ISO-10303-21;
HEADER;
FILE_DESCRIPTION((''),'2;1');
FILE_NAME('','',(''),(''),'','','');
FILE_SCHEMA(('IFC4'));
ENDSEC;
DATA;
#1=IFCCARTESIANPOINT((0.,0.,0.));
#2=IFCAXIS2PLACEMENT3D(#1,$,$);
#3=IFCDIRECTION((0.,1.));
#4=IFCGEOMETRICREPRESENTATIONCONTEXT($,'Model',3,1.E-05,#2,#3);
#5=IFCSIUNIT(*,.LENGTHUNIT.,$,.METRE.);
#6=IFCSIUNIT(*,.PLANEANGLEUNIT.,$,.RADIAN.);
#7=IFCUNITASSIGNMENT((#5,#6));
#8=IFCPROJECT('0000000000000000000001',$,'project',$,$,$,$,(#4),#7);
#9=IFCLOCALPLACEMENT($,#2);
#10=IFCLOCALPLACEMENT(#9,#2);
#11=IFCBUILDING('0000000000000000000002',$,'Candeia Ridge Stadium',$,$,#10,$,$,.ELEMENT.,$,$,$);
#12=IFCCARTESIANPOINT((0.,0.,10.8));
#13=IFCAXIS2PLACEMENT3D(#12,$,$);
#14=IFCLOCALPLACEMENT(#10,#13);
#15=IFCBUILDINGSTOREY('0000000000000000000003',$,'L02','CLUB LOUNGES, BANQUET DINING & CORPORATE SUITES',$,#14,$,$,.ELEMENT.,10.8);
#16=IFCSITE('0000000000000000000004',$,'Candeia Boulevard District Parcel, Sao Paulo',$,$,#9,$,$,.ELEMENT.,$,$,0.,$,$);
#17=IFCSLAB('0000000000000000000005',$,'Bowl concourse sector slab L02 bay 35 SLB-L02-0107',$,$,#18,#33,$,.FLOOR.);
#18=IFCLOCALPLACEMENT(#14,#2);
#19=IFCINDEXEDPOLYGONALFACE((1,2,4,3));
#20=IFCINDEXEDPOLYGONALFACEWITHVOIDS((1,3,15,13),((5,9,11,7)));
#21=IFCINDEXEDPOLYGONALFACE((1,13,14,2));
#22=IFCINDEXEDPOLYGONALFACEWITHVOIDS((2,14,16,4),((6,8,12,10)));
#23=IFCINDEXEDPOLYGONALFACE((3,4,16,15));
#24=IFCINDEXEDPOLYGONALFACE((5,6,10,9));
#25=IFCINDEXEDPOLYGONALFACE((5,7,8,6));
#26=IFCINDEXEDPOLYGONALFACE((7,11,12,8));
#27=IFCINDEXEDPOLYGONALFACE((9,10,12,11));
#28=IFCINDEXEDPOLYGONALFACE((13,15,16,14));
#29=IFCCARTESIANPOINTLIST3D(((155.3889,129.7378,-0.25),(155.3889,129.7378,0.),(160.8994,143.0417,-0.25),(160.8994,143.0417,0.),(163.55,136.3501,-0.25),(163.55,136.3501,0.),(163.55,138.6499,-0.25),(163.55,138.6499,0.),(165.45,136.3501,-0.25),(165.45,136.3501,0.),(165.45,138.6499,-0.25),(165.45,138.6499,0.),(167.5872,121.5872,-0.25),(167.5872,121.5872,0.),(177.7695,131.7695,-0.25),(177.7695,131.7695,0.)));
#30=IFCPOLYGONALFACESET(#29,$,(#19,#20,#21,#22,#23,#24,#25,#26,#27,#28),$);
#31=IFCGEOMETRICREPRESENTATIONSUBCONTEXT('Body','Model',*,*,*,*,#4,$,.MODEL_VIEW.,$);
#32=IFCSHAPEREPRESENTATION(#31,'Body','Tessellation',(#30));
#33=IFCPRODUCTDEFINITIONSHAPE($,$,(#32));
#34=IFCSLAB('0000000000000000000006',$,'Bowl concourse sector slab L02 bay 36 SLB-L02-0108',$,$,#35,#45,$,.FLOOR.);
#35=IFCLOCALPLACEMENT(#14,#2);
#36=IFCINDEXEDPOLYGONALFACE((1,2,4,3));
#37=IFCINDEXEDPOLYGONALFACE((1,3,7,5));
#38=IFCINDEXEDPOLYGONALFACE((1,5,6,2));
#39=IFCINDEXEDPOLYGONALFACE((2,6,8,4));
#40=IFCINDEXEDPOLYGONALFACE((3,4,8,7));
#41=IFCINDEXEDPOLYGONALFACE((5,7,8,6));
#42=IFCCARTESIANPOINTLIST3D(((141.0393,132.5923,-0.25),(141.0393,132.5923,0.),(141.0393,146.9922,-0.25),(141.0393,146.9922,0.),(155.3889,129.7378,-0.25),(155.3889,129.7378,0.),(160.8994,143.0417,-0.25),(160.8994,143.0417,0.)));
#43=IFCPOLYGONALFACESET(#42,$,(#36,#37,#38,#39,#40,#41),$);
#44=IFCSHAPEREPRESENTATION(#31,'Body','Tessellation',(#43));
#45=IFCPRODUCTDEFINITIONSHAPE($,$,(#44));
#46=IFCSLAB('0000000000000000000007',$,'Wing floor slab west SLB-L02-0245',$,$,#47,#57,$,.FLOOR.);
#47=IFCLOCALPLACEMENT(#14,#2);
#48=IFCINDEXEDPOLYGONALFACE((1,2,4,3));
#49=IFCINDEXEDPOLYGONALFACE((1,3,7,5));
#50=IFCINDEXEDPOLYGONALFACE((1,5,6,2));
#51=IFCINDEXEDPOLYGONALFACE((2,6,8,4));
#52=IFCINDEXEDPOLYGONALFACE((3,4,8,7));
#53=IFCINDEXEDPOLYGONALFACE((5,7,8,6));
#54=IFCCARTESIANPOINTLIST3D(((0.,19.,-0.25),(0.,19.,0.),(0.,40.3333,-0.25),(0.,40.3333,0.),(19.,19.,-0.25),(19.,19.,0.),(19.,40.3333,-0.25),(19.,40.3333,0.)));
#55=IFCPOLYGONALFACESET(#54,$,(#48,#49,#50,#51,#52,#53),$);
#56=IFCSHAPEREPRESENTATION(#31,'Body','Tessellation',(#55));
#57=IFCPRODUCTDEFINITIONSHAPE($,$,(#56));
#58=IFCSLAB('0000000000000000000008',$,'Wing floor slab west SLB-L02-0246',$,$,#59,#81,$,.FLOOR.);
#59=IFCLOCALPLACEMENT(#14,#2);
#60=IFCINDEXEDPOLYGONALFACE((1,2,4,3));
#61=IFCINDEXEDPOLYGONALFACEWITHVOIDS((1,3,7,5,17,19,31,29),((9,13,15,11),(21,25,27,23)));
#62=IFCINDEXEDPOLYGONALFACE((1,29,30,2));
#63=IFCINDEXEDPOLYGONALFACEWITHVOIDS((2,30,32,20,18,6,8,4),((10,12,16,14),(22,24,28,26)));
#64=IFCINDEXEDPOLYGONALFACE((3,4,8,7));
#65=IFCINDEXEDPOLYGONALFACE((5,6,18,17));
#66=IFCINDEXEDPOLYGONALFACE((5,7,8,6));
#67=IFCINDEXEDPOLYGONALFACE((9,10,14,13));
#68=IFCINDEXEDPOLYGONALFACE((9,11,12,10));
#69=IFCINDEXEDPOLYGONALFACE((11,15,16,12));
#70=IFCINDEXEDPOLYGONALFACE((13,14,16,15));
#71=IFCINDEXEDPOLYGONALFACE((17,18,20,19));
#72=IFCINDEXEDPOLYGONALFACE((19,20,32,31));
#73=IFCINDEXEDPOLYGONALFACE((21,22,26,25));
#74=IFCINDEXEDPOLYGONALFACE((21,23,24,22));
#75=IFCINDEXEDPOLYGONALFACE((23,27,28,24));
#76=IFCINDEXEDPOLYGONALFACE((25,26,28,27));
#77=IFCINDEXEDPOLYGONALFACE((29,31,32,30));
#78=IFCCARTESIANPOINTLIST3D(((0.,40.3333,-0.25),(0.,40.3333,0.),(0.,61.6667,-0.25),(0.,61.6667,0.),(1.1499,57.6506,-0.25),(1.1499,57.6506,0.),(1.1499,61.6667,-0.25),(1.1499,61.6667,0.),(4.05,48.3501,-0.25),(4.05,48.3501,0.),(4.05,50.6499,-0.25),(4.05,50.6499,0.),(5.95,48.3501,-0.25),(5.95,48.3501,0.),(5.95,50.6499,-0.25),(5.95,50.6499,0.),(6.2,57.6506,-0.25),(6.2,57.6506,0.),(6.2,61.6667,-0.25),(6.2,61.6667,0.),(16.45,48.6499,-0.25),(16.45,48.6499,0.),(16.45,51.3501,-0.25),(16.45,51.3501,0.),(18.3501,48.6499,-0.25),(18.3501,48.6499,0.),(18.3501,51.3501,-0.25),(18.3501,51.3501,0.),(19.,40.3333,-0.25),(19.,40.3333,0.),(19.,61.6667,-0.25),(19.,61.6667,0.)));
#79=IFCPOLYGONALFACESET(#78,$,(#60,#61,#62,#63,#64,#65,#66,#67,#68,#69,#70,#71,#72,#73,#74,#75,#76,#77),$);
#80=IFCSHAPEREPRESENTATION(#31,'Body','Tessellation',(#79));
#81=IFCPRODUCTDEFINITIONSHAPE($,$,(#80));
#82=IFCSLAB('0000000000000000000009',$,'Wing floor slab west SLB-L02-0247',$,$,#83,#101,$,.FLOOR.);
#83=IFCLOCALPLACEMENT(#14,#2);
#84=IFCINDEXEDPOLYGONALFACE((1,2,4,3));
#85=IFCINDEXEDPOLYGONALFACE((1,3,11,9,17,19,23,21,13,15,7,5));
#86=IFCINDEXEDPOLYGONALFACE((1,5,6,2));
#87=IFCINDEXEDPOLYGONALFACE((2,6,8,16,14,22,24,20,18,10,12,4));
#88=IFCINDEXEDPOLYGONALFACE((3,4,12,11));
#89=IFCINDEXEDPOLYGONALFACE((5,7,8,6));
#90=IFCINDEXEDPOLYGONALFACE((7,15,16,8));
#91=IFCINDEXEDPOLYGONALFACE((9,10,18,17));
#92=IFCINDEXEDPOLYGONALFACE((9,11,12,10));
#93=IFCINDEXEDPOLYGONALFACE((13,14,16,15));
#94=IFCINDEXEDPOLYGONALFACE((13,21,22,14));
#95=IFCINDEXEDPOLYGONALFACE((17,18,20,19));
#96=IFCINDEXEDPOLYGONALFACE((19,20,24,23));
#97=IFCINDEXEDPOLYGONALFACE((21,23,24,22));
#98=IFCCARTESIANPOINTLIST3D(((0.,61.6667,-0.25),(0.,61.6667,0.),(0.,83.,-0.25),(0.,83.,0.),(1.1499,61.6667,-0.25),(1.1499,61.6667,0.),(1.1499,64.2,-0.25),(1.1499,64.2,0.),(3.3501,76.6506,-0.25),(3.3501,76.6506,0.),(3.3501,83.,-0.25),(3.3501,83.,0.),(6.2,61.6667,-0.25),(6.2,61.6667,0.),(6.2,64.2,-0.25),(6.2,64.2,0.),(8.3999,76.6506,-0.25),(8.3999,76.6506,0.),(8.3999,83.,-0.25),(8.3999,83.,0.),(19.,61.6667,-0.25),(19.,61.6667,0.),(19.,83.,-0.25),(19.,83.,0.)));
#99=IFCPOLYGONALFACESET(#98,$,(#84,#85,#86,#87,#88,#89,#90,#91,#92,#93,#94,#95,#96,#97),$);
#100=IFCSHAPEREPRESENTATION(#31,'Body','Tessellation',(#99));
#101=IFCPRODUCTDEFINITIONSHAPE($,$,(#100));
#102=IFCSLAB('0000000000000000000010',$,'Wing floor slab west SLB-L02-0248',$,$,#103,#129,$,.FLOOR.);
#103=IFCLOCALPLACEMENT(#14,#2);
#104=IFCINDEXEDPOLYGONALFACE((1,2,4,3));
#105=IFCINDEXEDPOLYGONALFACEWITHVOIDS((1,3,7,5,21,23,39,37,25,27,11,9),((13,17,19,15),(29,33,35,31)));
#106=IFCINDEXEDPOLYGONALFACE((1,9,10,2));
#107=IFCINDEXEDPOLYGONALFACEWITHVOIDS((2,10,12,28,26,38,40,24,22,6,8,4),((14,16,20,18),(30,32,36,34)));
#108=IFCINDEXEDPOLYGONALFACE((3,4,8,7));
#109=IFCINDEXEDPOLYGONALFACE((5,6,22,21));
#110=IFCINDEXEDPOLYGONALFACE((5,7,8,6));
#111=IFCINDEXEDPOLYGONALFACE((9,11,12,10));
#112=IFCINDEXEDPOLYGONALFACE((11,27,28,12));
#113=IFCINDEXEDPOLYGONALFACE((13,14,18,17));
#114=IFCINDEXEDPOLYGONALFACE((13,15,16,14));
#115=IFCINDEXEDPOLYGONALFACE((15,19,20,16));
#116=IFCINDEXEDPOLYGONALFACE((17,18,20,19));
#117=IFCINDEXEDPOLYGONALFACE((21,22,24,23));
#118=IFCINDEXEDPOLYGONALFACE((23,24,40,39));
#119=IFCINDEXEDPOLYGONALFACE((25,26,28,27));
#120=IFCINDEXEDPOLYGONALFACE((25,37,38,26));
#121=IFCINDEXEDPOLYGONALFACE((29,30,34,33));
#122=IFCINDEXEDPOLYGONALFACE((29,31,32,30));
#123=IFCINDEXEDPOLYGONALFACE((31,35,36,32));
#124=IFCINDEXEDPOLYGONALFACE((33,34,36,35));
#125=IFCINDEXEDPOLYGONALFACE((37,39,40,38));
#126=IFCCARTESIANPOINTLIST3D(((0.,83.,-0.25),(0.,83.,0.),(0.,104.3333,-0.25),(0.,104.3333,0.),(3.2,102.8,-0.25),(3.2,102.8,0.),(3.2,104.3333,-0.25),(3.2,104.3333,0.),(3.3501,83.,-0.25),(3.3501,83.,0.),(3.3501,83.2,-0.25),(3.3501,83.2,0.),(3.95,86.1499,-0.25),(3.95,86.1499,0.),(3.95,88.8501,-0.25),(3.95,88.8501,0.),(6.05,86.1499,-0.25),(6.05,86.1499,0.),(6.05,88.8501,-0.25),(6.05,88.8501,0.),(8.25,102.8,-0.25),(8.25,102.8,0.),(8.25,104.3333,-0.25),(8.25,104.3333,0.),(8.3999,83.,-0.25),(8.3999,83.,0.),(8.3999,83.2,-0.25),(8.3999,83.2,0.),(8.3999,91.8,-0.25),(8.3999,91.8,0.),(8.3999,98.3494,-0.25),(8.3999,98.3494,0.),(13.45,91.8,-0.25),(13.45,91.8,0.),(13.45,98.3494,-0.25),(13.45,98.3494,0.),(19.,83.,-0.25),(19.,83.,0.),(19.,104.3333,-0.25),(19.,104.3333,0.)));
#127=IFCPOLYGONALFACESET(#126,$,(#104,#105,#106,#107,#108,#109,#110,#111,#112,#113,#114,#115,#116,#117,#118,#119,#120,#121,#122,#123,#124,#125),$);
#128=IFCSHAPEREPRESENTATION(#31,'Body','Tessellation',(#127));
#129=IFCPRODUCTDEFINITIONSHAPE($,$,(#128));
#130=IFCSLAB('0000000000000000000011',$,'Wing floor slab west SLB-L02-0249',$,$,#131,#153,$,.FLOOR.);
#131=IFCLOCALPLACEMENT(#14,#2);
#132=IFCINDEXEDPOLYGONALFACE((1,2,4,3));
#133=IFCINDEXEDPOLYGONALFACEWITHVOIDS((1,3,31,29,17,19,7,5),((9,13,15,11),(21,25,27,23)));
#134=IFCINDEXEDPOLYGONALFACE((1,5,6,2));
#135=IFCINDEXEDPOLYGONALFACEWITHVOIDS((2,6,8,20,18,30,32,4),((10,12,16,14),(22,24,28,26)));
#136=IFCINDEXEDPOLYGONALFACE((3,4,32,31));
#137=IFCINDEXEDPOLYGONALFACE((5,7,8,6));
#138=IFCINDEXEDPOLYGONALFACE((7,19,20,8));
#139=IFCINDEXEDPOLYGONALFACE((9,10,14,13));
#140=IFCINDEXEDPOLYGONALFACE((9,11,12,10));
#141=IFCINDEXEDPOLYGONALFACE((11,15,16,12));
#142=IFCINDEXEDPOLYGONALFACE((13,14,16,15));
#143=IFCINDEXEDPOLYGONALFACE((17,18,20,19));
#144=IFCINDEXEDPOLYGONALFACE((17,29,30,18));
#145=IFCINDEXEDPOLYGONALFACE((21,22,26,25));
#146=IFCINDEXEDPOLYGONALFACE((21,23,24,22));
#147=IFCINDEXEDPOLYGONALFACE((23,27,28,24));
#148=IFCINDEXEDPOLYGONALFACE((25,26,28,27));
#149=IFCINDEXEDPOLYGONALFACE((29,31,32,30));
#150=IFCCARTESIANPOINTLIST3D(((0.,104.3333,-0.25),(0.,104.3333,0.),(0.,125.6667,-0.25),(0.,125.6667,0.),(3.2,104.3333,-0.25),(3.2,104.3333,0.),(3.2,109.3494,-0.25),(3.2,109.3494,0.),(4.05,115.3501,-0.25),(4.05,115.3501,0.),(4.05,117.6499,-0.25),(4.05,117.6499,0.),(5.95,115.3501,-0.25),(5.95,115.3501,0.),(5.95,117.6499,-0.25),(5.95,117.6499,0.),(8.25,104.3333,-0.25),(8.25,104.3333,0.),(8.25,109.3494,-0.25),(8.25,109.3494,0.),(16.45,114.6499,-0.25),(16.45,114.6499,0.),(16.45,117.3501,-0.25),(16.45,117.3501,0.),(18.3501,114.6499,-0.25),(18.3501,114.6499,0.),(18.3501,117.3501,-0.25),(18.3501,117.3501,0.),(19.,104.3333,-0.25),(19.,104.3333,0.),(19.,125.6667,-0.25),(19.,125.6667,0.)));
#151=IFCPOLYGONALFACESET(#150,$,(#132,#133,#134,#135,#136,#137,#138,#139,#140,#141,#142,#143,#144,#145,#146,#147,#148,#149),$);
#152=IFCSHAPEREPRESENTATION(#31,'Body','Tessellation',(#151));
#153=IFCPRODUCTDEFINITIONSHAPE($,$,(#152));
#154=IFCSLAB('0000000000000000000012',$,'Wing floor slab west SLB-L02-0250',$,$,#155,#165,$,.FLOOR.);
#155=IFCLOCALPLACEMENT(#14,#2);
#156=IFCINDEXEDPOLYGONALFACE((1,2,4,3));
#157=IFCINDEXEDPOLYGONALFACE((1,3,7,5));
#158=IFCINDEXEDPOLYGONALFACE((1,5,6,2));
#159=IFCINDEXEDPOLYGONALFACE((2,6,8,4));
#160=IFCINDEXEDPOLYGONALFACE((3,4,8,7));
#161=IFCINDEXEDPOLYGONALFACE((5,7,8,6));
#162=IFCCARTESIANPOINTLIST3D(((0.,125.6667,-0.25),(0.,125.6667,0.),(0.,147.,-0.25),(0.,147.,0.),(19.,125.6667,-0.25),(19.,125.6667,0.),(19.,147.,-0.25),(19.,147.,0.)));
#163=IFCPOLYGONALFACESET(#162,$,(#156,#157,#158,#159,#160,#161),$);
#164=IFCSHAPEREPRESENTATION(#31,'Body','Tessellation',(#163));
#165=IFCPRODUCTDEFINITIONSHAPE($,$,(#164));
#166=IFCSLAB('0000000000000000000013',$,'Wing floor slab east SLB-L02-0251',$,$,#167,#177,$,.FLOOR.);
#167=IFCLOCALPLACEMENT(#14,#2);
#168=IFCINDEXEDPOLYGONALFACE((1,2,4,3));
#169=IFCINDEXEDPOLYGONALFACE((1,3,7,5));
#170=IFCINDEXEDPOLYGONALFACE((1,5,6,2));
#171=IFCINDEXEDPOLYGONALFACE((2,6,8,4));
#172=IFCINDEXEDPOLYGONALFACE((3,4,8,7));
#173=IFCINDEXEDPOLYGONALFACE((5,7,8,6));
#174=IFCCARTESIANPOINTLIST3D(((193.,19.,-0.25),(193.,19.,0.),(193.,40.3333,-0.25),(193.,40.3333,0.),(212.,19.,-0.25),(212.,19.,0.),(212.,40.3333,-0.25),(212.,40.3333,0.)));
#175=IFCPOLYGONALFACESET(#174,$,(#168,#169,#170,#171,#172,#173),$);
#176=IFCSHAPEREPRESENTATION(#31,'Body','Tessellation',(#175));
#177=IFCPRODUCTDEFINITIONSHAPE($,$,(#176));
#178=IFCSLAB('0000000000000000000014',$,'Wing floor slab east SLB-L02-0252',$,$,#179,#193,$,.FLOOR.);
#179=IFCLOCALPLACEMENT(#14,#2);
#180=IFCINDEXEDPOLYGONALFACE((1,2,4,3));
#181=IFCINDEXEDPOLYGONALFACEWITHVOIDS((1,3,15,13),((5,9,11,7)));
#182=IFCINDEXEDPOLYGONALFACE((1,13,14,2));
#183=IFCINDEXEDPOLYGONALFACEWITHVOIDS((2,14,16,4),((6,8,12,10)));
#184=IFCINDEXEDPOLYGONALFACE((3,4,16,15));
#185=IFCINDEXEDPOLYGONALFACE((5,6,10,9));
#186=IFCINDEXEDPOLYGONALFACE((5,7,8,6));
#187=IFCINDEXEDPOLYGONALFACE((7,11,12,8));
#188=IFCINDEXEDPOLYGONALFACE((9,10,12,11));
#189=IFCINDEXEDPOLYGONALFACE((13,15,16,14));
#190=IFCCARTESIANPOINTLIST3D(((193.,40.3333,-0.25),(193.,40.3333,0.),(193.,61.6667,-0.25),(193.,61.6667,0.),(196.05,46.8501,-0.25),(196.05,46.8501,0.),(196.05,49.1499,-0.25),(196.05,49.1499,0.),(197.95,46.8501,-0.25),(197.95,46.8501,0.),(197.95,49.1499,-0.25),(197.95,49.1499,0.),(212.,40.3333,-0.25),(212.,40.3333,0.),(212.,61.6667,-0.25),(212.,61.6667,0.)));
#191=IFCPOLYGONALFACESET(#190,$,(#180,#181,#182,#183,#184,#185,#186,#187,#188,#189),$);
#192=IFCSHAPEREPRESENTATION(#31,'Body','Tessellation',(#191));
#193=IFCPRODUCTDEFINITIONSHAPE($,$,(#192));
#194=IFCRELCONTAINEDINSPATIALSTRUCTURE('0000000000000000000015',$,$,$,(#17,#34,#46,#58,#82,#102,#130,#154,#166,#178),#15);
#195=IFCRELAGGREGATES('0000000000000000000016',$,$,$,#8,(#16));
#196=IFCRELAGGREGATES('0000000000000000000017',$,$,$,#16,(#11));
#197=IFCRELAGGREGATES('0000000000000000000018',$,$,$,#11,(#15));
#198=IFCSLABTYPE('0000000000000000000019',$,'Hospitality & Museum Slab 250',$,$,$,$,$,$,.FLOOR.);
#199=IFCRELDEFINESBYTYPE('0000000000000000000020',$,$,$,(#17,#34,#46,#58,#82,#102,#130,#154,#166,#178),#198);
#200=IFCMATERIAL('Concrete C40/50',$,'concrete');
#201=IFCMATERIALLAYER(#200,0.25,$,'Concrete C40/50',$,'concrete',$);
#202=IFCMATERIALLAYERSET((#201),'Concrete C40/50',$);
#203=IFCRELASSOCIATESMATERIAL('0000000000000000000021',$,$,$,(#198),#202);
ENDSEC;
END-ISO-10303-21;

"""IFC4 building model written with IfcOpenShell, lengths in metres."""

from ifc_helpers import new_model, si_unit, direction, frame, origin, place, context, subcontext, project, spatial, polyline, outline, extrude, material, layer, layer_set, type_object, element, save


model = new_model("IFC4")

# Units and contexts
model_context = context("Model", 3, precision=1e-05, world=origin(), true_north=direction((0.0, 1.0)))
body_context = subcontext(model_context, "Body", "Model", "MODEL_VIEW")
ifc_project = project(units=[si_unit("LENGTHUNIT", "METRE"), si_unit("PLANEANGLEUNIT", "RADIAN")], contexts=[model_context])

# Site, building, storey
site_placement = place(None, origin())
site = spatial("IfcSite", under=ifc_project, at=site_placement, Name="Candeia Boulevard District Parcel, Sao Paulo", CompositionType="ELEMENT", RefElevation=0.0)
building_placement = place(site_placement, origin())
building = spatial("IfcBuilding", under=site, at=building_placement, Name="Candeia Ridge Stadium", CompositionType="ELEMENT")
storey_placement = place(building_placement, frame((0.0, 0.0, 10.8)))
storey = spatial("IfcBuildingStorey", under=building, at=storey_placement, Name="L02", Description="CLUB LOUNGES, BANQUET DINING & CORPORATE SUITES", CompositionType="ELEMENT", Elevation=10.8)

# Shared definitions
ifc_material = material(Name="Concrete C40/50", Category="concrete")

# Slabs
ifc_layer_1 = layer(ifc_material, 0.25, Name="Concrete C40/50", Category="concrete")
ifc_layer_set_1 = layer_set([ifc_layer_1], Name="Concrete C40/50")
slab_type_1 = type_object("IfcSlabType", Name="Hospitality & Museum Slab 250", PredefinedType="FLOOR", material=ifc_layer_set_1)
slab_1_placement = place(storey_placement, frame((0.0, 0.0, -0.25)))
element("IfcSlab", 1, at=slab_1_placement, inside=storey, type_object=slab_type_1, Name="Bowl concourse sector slab L02 bay 35 SLB-L02-0107", PredefinedType="FLOOR", context=body_context, shape_type="SweptSolid", body=[
    extrude(outline(polyline([(155.3889, 129.7378), (160.8994, 143.0417), (177.7695, 131.7695), (167.5872, 121.5872), (155.3889, 129.7378)]), holes=[polyline([(165.45, 136.3501), (165.45, 138.6499), (163.55, 138.6499), (163.55, 136.3501), (165.45, 136.3501)])]), origin(), (0.0, 0.0, 1.0), 0.25),
])
slab_2_placement = place(storey_placement, frame((0.0, 0.0, -0.25)))
element("IfcSlab", 2, at=slab_2_placement, inside=storey, type_object=slab_type_1, Name="Bowl concourse sector slab L02 bay 36 SLB-L02-0108", PredefinedType="FLOOR", context=body_context, shape_type="SweptSolid", body=[
    extrude(outline(polyline([(141.0393, 132.5923), (141.0393, 146.9922), (160.8994, 143.0417), (155.3889, 129.7378), (141.0393, 132.5923)])), origin(), (0.0, 0.0, 1.0), 0.25),
])
slab_3_placement = place(storey_placement, frame((0.0, 0.0, -0.25)))
element("IfcSlab", 3, at=slab_3_placement, inside=storey, type_object=slab_type_1, Name="Wing floor slab west SLB-L02-0245", PredefinedType="FLOOR", context=body_context, shape_type="SweptSolid", body=[
    extrude(outline(polyline([(0.0, 19.0), (0.0, 40.3333), (19.0, 40.3333), (19.0, 19.0), (0.0, 19.0)])), origin(), (0.0, 0.0, 1.0), 0.25),
])
slab_4_placement = place(storey_placement, frame((0.0, 0.0, -0.25)))
element("IfcSlab", 4, at=slab_4_placement, inside=storey, type_object=slab_type_1, Name="Wing floor slab west SLB-L02-0246", PredefinedType="FLOOR", context=body_context, shape_type="SweptSolid", body=[
    extrude(outline(polyline([(19.0, 61.6667), (19.0, 40.3333), (0.0, 40.3333), (0.0, 61.6667), (1.1499, 61.6667), (1.1499, 57.6506), (6.2, 57.6506), (6.2, 61.6667), (19.0, 61.6667)]), holes=[polyline([(5.95, 48.3501), (5.95, 50.6499), (4.05, 50.6499), (4.05, 48.3501), (5.95, 48.3501)]), polyline([(18.3501, 48.6499), (18.3501, 51.3501), (16.45, 51.3501), (16.45, 48.6499), (18.3501, 48.6499)])]), origin(), (0.0, 0.0, 1.0), 0.25),
])
slab_5_placement = place(storey_placement, frame((0.0, 0.0, -0.25)))
element("IfcSlab", 5, at=slab_5_placement, inside=storey, type_object=slab_type_1, Name="Wing floor slab west SLB-L02-0247", PredefinedType="FLOOR", context=body_context, shape_type="SweptSolid", body=[
    extrude(outline(polyline([(19.0, 83.0), (19.0, 61.6667), (6.2, 61.6667), (6.2, 64.2), (1.1499, 64.2), (1.1499, 61.6667), (0.0, 61.6667), (0.0, 83.0), (3.3501, 83.0), (3.3501, 76.6506), (8.3999, 76.6506), (8.3999, 83.0), (19.0, 83.0)])), origin(), (0.0, 0.0, 1.0), 0.25),
])
slab_6_placement = place(storey_placement, frame((0.0, 0.0, -0.25)))
element("IfcSlab", 6, at=slab_6_placement, inside=storey, type_object=slab_type_1, Name="Wing floor slab west SLB-L02-0248", PredefinedType="FLOOR", context=body_context, shape_type="SweptSolid", body=[
    extrude(outline(polyline([(19.0, 104.3333), (19.0, 83.0), (8.3999, 83.0), (8.3999, 83.2), (3.3501, 83.2), (3.3501, 83.0), (0.0, 83.0), (0.0, 104.3333), (3.2, 104.3333), (3.2, 102.8), (8.25, 102.8), (8.25, 104.3333), (19.0, 104.3333)]), holes=[polyline([(6.05, 86.1499), (6.05, 88.8501), (3.95, 88.8501), (3.95, 86.1499), (6.05, 86.1499)]), polyline([(8.3999, 98.3494), (8.3999, 91.8), (13.45, 91.8), (13.45, 98.3494), (8.3999, 98.3494)])]), origin(), (0.0, 0.0, 1.0), 0.25),
])
slab_7_placement = place(storey_placement, frame((0.0, 0.0, -0.25)))
element("IfcSlab", 7, at=slab_7_placement, inside=storey, type_object=slab_type_1, Name="Wing floor slab west SLB-L02-0249", PredefinedType="FLOOR", context=body_context, shape_type="SweptSolid", body=[
    extrude(outline(polyline([(0.0, 104.3333), (0.0, 125.6667), (19.0, 125.6667), (19.0, 104.3333), (8.25, 104.3333), (8.25, 109.3494), (3.2, 109.3494), (3.2, 104.3333), (0.0, 104.3333)]), holes=[polyline([(18.3501, 114.6499), (18.3501, 117.3501), (16.45, 117.3501), (16.45, 114.6499), (18.3501, 114.6499)]), polyline([(5.95, 115.3501), (5.95, 117.6499), (4.05, 117.6499), (4.05, 115.3501), (5.95, 115.3501)])]), origin(), (0.0, 0.0, 1.0), 0.25),
])
slab_8_placement = place(storey_placement, frame((0.0, 0.0, -0.25)))
element("IfcSlab", 8, at=slab_8_placement, inside=storey, type_object=slab_type_1, Name="Wing floor slab west SLB-L02-0250", PredefinedType="FLOOR", context=body_context, shape_type="SweptSolid", body=[
    extrude(outline(polyline([(0.0, 125.6667), (0.0, 147.0), (19.0, 147.0), (19.0, 125.6667), (0.0, 125.6667)])), origin(), (0.0, 0.0, 1.0), 0.25),
])
slab_9_placement = place(storey_placement, frame((0.0, 0.0, -0.25)))
element("IfcSlab", 9, at=slab_9_placement, inside=storey, type_object=slab_type_1, Name="Wing floor slab east SLB-L02-0251", PredefinedType="FLOOR", context=body_context, shape_type="SweptSolid", body=[
    extrude(outline(polyline([(193.0, 19.0), (193.0, 40.3333), (212.0, 40.3333), (212.0, 19.0), (193.0, 19.0)])), origin(), (0.0, 0.0, 1.0), 0.25),
])
slab_10_placement = place(storey_placement, frame((0.0, 0.0, -0.25)))
element("IfcSlab", 10, at=slab_10_placement, inside=storey, type_object=slab_type_1, Name="Wing floor slab east SLB-L02-0252", PredefinedType="FLOOR", context=body_context, shape_type="SweptSolid", body=[
    extrude(outline(polyline([(193.0, 40.3333), (193.0, 61.6667), (212.0, 61.6667), (212.0, 40.3333), (193.0, 40.3333)]), holes=[polyline([(197.95, 46.8501), (197.95, 49.1499), (196.05, 49.1499), (196.05, 46.8501), (197.95, 46.8501)])]), origin(), (0.0, 0.0, 1.0), 0.25),
])

save(model, "model.ifc")
